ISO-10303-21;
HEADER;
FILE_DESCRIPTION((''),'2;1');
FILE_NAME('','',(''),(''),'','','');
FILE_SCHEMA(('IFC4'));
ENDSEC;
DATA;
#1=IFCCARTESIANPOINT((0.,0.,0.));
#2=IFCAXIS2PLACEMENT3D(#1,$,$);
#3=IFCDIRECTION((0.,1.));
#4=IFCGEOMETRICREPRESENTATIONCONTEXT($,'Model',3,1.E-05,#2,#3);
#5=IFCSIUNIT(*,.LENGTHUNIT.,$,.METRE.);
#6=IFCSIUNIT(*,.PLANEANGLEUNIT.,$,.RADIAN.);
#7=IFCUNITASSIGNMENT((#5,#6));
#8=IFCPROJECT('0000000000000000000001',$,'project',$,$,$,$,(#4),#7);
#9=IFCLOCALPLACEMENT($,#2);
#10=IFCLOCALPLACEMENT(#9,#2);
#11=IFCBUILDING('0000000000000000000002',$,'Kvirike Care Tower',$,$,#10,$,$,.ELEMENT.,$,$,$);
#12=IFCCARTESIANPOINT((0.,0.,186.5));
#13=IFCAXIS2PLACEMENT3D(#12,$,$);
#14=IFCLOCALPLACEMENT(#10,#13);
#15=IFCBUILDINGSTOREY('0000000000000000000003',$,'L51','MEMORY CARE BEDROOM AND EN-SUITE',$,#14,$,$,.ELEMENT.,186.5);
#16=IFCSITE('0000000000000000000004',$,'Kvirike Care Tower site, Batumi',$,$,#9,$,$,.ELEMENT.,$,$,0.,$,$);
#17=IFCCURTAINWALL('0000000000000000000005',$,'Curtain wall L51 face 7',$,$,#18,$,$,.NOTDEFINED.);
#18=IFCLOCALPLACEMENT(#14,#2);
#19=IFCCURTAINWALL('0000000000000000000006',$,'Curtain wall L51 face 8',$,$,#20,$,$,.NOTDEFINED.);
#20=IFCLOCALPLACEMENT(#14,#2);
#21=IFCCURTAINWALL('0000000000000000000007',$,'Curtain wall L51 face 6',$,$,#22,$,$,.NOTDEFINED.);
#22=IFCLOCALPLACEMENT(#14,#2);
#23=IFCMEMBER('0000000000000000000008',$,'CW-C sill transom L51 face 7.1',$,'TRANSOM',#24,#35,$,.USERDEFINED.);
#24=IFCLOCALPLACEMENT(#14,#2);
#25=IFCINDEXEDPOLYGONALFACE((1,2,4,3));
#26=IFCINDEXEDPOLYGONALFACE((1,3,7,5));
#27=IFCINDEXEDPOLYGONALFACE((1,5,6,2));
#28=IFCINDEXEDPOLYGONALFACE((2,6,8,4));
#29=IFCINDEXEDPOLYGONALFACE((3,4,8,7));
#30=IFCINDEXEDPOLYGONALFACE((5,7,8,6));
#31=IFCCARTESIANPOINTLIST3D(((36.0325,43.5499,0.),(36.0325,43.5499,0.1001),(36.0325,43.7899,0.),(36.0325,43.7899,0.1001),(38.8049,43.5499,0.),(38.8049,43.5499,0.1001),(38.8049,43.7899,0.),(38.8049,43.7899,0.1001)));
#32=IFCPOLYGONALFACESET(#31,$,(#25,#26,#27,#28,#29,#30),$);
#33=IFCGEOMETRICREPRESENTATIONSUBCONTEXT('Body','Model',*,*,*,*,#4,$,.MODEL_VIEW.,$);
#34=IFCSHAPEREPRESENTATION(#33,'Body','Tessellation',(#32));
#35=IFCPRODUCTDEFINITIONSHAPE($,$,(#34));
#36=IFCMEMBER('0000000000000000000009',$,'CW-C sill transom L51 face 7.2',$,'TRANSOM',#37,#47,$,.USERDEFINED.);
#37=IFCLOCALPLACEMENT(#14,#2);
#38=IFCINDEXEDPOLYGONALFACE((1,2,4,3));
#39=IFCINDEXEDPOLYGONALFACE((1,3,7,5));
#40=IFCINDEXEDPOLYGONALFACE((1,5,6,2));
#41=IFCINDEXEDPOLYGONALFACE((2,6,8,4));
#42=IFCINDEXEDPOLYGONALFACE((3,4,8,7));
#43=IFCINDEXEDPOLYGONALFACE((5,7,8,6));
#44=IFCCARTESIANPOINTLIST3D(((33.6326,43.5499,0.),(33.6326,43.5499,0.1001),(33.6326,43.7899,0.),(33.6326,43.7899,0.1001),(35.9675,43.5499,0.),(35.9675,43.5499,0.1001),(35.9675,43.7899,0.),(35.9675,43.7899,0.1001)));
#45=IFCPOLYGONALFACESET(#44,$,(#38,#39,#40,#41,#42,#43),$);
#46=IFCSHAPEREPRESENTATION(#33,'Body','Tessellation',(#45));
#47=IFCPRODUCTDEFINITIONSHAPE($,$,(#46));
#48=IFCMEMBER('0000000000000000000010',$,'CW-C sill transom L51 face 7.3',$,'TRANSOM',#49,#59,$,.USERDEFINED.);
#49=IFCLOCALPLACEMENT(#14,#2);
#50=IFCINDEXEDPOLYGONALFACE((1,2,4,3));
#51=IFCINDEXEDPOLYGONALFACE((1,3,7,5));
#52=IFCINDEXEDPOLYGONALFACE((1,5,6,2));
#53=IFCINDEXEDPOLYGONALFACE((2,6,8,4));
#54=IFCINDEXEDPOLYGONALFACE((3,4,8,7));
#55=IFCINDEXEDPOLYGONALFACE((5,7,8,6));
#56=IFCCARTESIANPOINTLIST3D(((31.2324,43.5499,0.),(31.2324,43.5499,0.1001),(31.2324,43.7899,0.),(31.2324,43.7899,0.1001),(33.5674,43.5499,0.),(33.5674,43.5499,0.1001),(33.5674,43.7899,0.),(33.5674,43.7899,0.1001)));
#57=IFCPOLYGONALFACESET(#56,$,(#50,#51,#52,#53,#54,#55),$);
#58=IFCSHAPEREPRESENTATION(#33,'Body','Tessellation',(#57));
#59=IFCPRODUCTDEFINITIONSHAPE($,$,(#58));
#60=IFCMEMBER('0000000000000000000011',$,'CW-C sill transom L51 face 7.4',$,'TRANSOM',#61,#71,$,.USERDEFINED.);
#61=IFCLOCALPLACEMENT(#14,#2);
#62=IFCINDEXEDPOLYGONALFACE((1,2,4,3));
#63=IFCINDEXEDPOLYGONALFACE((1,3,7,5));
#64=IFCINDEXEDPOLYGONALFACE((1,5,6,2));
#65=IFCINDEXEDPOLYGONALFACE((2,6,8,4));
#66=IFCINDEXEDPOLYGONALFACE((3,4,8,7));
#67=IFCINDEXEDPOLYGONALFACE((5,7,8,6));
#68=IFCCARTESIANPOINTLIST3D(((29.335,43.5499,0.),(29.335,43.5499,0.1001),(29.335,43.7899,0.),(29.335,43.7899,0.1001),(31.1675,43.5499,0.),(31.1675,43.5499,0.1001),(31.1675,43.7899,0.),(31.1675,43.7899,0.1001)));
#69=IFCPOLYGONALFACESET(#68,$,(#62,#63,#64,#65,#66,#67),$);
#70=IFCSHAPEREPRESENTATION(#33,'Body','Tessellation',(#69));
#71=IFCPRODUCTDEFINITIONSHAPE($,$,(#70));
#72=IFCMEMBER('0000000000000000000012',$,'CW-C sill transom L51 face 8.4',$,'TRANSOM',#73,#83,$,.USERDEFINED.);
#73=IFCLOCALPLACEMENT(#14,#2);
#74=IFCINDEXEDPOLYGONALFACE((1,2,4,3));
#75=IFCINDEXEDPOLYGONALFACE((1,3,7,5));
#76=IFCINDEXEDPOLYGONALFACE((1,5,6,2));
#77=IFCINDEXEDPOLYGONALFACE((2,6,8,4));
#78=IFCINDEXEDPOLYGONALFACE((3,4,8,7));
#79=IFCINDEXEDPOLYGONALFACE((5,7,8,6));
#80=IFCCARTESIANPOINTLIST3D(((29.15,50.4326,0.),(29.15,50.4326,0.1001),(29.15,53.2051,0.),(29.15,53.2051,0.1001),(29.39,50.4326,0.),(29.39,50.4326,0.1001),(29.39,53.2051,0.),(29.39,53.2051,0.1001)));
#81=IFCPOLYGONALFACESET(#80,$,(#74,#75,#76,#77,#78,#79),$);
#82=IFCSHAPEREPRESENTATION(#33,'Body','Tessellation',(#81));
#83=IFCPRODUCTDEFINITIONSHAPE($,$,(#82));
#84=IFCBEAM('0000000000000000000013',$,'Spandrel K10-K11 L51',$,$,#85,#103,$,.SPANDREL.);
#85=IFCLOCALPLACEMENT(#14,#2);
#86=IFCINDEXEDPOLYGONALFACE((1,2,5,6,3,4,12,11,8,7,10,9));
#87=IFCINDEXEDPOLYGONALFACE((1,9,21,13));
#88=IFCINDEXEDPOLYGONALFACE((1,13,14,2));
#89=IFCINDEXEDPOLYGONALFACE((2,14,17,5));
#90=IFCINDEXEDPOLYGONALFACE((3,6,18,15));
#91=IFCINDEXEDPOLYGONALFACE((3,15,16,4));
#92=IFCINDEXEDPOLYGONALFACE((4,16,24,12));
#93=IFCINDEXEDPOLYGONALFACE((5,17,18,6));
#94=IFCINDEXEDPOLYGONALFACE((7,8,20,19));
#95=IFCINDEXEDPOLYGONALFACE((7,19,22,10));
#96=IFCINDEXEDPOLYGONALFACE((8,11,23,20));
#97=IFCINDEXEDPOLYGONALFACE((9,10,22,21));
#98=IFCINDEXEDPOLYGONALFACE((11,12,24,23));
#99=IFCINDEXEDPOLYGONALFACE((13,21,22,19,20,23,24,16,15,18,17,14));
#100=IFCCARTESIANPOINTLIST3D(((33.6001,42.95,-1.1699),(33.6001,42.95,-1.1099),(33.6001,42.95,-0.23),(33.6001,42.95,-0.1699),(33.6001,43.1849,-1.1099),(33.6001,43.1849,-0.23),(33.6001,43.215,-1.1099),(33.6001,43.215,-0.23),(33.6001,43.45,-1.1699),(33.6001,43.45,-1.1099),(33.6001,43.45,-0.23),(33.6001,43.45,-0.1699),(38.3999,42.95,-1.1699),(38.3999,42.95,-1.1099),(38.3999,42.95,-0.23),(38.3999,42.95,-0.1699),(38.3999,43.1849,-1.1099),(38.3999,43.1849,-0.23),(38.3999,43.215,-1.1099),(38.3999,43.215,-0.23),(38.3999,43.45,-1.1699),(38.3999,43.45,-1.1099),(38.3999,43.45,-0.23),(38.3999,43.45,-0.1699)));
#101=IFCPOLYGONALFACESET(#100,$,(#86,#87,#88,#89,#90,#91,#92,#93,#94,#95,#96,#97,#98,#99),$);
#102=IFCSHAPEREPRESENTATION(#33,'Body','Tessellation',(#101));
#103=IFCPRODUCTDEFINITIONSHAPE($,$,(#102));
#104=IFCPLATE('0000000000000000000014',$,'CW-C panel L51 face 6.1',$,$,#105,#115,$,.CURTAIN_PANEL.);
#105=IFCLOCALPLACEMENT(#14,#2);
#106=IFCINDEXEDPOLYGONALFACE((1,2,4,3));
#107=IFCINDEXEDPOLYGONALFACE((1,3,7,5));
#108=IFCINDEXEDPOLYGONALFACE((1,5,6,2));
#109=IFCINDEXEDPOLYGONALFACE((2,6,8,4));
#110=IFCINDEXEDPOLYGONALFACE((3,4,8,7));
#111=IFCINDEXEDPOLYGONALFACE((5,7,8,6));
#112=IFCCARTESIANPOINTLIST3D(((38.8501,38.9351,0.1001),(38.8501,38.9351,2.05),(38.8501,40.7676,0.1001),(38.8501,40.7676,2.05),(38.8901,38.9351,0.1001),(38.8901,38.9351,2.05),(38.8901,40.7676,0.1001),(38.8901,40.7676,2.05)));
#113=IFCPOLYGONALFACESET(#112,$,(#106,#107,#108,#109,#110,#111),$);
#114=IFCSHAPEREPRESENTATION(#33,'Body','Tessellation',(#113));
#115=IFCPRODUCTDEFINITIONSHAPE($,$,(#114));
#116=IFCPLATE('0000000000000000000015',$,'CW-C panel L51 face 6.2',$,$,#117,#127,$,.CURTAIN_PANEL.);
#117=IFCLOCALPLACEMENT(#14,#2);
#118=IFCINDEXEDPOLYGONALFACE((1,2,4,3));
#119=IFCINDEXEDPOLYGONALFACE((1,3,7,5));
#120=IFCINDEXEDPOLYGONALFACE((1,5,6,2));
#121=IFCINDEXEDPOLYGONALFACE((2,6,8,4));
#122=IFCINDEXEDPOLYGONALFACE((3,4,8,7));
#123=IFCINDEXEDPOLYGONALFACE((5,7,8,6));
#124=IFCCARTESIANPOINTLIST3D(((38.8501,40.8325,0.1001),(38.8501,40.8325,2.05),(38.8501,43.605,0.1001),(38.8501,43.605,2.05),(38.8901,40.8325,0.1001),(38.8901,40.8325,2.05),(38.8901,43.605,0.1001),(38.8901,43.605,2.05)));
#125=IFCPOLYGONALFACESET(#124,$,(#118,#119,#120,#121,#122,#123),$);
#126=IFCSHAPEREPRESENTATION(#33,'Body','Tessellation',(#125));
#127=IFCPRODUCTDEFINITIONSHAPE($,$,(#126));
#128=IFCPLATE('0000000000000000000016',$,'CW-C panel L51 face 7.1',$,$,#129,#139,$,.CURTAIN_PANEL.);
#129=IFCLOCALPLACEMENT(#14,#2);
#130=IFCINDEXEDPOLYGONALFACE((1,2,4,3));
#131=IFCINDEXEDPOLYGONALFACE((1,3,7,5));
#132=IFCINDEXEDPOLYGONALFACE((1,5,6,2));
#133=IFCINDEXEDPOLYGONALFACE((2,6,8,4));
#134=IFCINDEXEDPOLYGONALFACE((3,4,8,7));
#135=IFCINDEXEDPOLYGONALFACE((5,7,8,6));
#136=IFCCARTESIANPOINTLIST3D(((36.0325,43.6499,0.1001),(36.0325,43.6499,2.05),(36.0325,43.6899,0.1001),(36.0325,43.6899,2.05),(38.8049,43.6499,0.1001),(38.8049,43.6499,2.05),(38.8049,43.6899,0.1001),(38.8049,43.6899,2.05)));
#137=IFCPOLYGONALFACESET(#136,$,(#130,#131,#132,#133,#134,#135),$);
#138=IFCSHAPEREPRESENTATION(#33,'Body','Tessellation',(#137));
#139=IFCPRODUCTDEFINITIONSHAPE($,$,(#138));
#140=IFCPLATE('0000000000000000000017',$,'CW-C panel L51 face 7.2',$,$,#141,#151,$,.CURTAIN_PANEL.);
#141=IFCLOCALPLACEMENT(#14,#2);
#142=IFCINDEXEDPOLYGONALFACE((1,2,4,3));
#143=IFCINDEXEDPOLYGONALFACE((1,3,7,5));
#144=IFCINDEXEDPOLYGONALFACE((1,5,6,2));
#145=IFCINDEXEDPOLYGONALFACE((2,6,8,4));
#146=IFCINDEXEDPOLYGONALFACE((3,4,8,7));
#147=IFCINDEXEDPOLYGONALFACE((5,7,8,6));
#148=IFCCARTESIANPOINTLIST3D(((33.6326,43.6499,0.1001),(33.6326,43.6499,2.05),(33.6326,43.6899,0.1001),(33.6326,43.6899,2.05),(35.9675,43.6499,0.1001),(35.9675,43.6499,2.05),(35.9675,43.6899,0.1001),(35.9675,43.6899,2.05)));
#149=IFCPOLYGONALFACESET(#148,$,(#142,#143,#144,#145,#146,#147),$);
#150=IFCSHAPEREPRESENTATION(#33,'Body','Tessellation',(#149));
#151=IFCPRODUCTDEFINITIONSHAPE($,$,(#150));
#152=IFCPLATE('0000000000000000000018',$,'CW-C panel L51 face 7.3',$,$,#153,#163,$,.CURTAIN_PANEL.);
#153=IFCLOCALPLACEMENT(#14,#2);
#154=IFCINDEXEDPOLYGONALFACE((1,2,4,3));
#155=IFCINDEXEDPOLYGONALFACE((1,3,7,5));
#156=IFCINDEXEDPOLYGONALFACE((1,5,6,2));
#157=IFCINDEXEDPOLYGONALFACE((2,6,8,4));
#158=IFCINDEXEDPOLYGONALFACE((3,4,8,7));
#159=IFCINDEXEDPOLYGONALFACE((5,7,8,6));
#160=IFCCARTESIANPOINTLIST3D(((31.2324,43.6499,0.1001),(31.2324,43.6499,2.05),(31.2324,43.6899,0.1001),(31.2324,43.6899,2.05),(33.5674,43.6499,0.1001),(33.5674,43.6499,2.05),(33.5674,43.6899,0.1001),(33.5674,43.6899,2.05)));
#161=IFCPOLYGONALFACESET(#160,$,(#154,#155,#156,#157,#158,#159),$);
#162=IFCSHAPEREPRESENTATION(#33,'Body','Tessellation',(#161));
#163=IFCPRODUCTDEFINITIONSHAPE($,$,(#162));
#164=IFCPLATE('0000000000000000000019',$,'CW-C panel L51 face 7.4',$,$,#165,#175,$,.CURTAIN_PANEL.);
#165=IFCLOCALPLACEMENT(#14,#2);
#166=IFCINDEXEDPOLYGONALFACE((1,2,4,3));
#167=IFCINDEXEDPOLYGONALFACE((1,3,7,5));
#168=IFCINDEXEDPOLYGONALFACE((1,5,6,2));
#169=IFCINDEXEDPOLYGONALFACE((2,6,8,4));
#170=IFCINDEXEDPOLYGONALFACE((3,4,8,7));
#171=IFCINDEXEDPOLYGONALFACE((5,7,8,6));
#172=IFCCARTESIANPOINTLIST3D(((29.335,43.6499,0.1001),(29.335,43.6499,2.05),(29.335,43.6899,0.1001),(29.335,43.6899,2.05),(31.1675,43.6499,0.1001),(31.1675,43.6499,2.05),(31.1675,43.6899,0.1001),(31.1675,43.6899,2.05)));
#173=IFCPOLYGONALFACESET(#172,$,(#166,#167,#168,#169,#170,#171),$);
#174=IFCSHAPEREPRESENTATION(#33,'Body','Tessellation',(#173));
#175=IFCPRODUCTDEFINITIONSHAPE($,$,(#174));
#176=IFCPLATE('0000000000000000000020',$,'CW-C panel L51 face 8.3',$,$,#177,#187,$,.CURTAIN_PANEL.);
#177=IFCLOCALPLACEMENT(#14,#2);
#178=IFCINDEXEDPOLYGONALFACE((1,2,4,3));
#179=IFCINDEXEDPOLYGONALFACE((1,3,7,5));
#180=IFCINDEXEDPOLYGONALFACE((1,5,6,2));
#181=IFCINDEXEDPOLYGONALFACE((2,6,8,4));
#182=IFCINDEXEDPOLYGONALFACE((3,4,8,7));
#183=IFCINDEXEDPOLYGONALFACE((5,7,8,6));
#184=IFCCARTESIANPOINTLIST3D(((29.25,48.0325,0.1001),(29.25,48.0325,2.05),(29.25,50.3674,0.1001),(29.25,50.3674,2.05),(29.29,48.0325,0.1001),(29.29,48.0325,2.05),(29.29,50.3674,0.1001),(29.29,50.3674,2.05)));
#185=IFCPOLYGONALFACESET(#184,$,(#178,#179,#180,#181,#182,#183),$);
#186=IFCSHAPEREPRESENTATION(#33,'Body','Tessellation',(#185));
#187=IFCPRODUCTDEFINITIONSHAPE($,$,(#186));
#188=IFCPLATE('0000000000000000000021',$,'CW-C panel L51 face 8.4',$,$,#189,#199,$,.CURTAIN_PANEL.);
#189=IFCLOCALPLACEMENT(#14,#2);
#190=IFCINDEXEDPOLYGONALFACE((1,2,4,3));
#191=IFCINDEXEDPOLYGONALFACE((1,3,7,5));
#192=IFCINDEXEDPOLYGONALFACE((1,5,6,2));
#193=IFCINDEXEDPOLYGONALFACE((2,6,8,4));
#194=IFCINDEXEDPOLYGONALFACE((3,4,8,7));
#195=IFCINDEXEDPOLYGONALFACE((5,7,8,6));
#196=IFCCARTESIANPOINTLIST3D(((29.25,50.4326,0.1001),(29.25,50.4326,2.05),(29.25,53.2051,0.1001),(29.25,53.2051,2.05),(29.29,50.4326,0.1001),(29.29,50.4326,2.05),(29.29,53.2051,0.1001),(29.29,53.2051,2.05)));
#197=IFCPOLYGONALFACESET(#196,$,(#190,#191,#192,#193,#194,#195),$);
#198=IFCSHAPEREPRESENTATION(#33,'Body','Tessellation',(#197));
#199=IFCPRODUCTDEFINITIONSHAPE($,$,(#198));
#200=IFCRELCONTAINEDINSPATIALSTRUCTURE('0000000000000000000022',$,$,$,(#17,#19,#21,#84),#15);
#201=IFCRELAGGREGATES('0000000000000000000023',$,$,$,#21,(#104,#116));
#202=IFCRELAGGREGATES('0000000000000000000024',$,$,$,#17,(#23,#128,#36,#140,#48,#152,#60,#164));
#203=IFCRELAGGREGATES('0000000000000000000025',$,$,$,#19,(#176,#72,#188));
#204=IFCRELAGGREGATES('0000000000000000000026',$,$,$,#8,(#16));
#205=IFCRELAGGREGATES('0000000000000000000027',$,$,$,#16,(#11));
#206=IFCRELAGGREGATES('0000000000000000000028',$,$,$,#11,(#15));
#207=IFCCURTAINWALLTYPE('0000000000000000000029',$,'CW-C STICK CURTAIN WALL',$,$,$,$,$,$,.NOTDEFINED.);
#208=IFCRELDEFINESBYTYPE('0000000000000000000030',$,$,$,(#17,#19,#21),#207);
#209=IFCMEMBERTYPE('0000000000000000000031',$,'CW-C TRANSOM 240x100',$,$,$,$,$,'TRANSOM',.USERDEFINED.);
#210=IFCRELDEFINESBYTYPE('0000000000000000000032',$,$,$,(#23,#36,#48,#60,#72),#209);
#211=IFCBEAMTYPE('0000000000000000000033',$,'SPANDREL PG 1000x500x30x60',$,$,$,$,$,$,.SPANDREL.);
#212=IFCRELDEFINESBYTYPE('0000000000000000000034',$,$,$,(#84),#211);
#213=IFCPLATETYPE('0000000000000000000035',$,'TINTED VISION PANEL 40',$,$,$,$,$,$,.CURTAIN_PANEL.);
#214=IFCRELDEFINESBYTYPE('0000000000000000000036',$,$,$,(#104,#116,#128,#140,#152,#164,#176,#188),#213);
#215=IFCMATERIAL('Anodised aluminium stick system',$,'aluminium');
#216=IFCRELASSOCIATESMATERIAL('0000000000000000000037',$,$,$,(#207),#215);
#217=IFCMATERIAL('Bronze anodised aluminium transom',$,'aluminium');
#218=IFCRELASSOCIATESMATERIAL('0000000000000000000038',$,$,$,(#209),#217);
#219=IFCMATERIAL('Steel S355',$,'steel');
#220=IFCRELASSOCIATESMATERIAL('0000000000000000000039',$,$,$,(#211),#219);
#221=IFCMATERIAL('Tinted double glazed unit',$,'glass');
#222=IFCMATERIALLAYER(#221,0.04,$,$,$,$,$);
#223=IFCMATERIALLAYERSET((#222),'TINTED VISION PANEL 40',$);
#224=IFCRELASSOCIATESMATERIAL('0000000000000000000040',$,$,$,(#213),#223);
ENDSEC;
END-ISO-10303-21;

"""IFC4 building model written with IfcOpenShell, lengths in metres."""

from ifc_helpers import new_model, si_unit, direction, frame, origin, origin_2d, place, context, subcontext, project, spatial, rectangle, i_section, extrude, material, layer, layer_set, material_profile, profile_set, type_object, element, aggregate, save


model = new_model("IFC4")

# Units and contexts
model_context = context("Model", 3, precision=1e-05, world=origin(), true_north=direction((0.0, 1.0)))
body_context = subcontext(model_context, "Body", "Model", "MODEL_VIEW")
ifc_project = project(units=[si_unit("LENGTHUNIT", "METRE"), si_unit("PLANEANGLEUNIT", "RADIAN")], contexts=[model_context])

# Site, building, storey
site_placement = place(None, origin())
site = spatial("IfcSite", under=ifc_project, at=site_placement, Name="Kvirike Care Tower site, Batumi", CompositionType="ELEMENT", RefElevation=0.0)
building_placement = place(site_placement, origin())
building = spatial("IfcBuilding", under=site, at=building_placement, Name="Kvirike Care Tower", CompositionType="ELEMENT")
storey_placement = place(building_placement, frame((0.0, 0.0, 186.5)))
storey = spatial("IfcBuildingStorey", under=building, at=storey_placement, Name="L51", Description="MEMORY CARE BEDROOM AND EN-SUITE", CompositionType="ELEMENT", Elevation=186.5)

# Curtain walls
ifc_material_1 = material(Name="Anodised aluminium stick system", Category="aluminium")
curtain_wall_type = type_object("IfcCurtainWallType", Name="CW-C STICK CURTAIN WALL", PredefinedType="NOTDEFINED", material=ifc_material_1)
curtain_wall_1_placement = place(storey_placement, origin())
curtain_wall_1 = element("IfcCurtainWall", 1, at=curtain_wall_1_placement, inside=storey, type_object=curtain_wall_type, Name="Curtain wall L51 face 7", PredefinedType="NOTDEFINED")
curtain_wall_2_placement = place(storey_placement, origin())
curtain_wall_2 = element("IfcCurtainWall", 2, at=curtain_wall_2_placement, inside=storey, type_object=curtain_wall_type, Name="Curtain wall L51 face 8", PredefinedType="NOTDEFINED")

# Curtain wall
curtain_wall_3_placement = place(storey_placement, origin())
curtain_wall_3 = element("IfcCurtainWall", 3, at=curtain_wall_3_placement, inside=storey, type_object=curtain_wall_type, Name="Curtain wall L51 face 6", PredefinedType="NOTDEFINED")

# Members
ifc_material_2 = material(Name="Bronze anodised aluminium transom", Category="aluminium")
ifc_material_profile_1 = material_profile(ifc_material_2, rectangle(XDim=0.24, YDim=0.1001, at=origin_2d()), Name="CW-C TRANSOM 240x100")
ifc_profile_set_1 = profile_set([ifc_material_profile_1], Name="Bronze anodised aluminium transom")
member_type_1 = type_object("IfcMemberType", Name="CW-C TRANSOM 240x100", ElementType="TRANSOM", PredefinedType="USERDEFINED", material=ifc_profile_set_1)
member_1_placement = place(storey_placement, frame((38.8049, 43.6699, 0.05), z_axis=(-1.0, 0.0, 0.0), x_axis=(0.0, -1.0, 0.0)))
member_1 = element("IfcMember", 4, at=member_1_placement, type_object=member_type_1, Name="CW-C sill transom L51 face 7.1", ObjectType="TRANSOM", PredefinedType="USERDEFINED", context=body_context, shape_type="SweptSolid", body=[
    extrude(rectangle(XDim=0.24, YDim=0.1001, at=origin_2d()), origin(), (0.0, 0.0, 1.0), 2.7725),
])
member_2_placement = place(storey_placement, frame((35.9675, 43.6699, 0.05), z_axis=(-1.0, 0.0, 0.0), x_axis=(0.0, -1.0, 0.0)))
member_2 = element("IfcMember", 5, at=member_2_placement, type_object=member_type_1, Name="CW-C sill transom L51 face 7.2", ObjectType="TRANSOM", PredefinedType="USERDEFINED", context=body_context, shape_type="SweptSolid", body=[
    extrude(rectangle(XDim=0.24, YDim=0.1001, at=origin_2d()), origin(), (0.0, 0.0, 1.0), 2.335),
])
member_3_placement = place(storey_placement, frame((33.5674, 43.6699, 0.05), z_axis=(-1.0, 0.0, 0.0), x_axis=(0.0, -1.0, 0.0)))
member_3 = element("IfcMember", 6, at=member_3_placement, type_object=member_type_1, Name="CW-C sill transom L51 face 7.3", ObjectType="TRANSOM", PredefinedType="USERDEFINED", context=body_context, shape_type="SweptSolid", body=[
    extrude(rectangle(XDim=0.24, YDim=0.1001, at=origin_2d()), origin(), (0.0, 0.0, 1.0), 2.335),
])
member_4_placement = place(storey_placement, frame((31.1675, 43.6699, 0.05), z_axis=(-1.0, 0.0, 0.0), x_axis=(0.0, -1.0, 0.0)))
member_4 = element("IfcMember", 7, at=member_4_placement, type_object=member_type_1, Name="CW-C sill transom L51 face 7.4", ObjectType="TRANSOM", PredefinedType="USERDEFINED", context=body_context, shape_type="SweptSolid", body=[
    extrude(rectangle(XDim=0.24, YDim=0.1001, at=origin_2d()), origin(), (0.0, 0.0, 1.0), 1.8325),
])
member_5_placement = place(storey_placement, frame((29.27, 50.4326, 0.05), z_axis=(0.0, 1.0, 0.0), x_axis=(-1.0, 0.0, 0.0)))
member_5 = element("IfcMember", 8, at=member_5_placement, type_object=member_type_1, Name="CW-C sill transom L51 face 8.4", ObjectType="TRANSOM", PredefinedType="USERDEFINED", context=body_context, shape_type="SweptSolid", body=[
    extrude(rectangle(XDim=0.24, YDim=0.1001, at=origin_2d()), origin(), (0.0, 0.0, 1.0), 2.7725),
])

# Beam
ifc_material_3 = material(Name="Steel S355", Category="steel")
ifc_material_profile_2 = material_profile(ifc_material_3, i_section(OverallWidth=0.5, OverallDepth=1.0, WebThickness=0.03, FlangeThickness=0.0601, at=origin_2d()), Name="PG 1000x500x30x60")
ifc_profile_set_2 = profile_set([ifc_material_profile_2], Name="Steel S355")
beam_type = type_object("IfcBeamType", Name="SPANDREL PG 1000x500x30x60", PredefinedType="SPANDREL", material=ifc_profile_set_2)
beam_placement = place(storey_placement, frame((33.6001, 43.2, -0.6699), z_axis=(1.0, 0.0, 0.0), x_axis=(0.0, 1.0, 0.0)))
element("IfcBeam", 9, at=beam_placement, inside=storey, type_object=beam_type, Name="Spandrel K10-K11 L51", PredefinedType="SPANDREL", context=body_context, shape_type="SweptSolid", body=[
    extrude(i_section(OverallWidth=0.5, OverallDepth=1.0, WebThickness=0.03, FlangeThickness=0.0601, at=origin_2d()), origin(), (0.0, 0.0, 1.0), 4.7998),
])

# Plates
ifc_material_4 = material(Name="Tinted double glazed unit", Category="glass")
ifc_layer_1 = layer(ifc_material_4, 0.04)
ifc_layer_set_1 = layer_set([ifc_layer_1], Name="TINTED VISION PANEL 40")
plate_type = type_object("IfcPlateType", Name="TINTED VISION PANEL 40", PredefinedType="CURTAIN_PANEL", material=ifc_layer_set_1)
plate_1_placement = place(storey_placement, frame((38.8701, 39.8513, 0.1001), z_axis=(0.0, 0.0, 1.0), x_axis=(0.0, 1.0, 0.0)))
plate_1 = element("IfcPlate", 10, at=plate_1_placement, type_object=plate_type, Name="CW-C panel L51 face 6.1", PredefinedType="CURTAIN_PANEL", context=body_context, shape_type="SweptSolid", body=[
    extrude(rectangle(XDim=1.8325, YDim=0.04, at=origin_2d()), origin(), (0.0, 0.0, 1.0), 1.95),
])
plate_2_placement = place(storey_placement, frame((38.8701, 42.2188, 0.1001), z_axis=(0.0, 0.0, 1.0), x_axis=(0.0, 1.0, 0.0)))
plate_2 = element("IfcPlate", 11, at=plate_2_placement, type_object=plate_type, Name="CW-C panel L51 face 6.2", PredefinedType="CURTAIN_PANEL", context=body_context, shape_type="SweptSolid", body=[
    extrude(rectangle(XDim=2.7725, YDim=0.04, at=origin_2d()), origin(), (0.0, 0.0, 1.0), 1.95),
])
aggregate(curtain_wall_3, [plate_1, plate_2])
plate_3_placement = place(storey_placement, frame((37.4187, 43.6699, 0.1001), z_axis=(0.0, 0.0, 1.0), x_axis=(-1.0, 0.0, 0.0)))
plate_3 = element("IfcPlate", 12, at=plate_3_placement, type_object=plate_type, Name="CW-C panel L51 face 7.1", PredefinedType="CURTAIN_PANEL", context=body_context, shape_type="SweptSolid", body=[
    extrude(rectangle(XDim=2.7725, YDim=0.04, at=origin_2d()), origin(), (0.0, 0.0, 1.0), 1.95),
])
plate_4_placement = place(storey_placement, frame((34.8, 43.6699, 0.1001), z_axis=(0.0, 0.0, 1.0), x_axis=(-1.0, 0.0, 0.0)))
plate_4 = element("IfcPlate", 13, at=plate_4_placement, type_object=plate_type, Name="CW-C panel L51 face 7.2", PredefinedType="CURTAIN_PANEL", context=body_context, shape_type="SweptSolid", body=[
    extrude(rectangle(XDim=2.335, YDim=0.04, at=origin_2d()), origin(), (0.0, 0.0, 1.0), 1.95),
])
plate_5_placement = place(storey_placement, frame((32.3999, 43.6699, 0.1001), z_axis=(0.0, 0.0, 1.0), x_axis=(-1.0, 0.0, 0.0)))
plate_5 = element("IfcPlate", 14, at=plate_5_placement, type_object=plate_type, Name="CW-C panel L51 face 7.3", PredefinedType="CURTAIN_PANEL", context=body_context, shape_type="SweptSolid", body=[
    extrude(rectangle(XDim=2.335, YDim=0.04, at=origin_2d()), origin(), (0.0, 0.0, 1.0), 1.95),
])
plate_6_placement = place(storey_placement, frame((30.2512, 43.6699, 0.1001), z_axis=(0.0, 0.0, 1.0), x_axis=(-1.0, 0.0, 0.0)))
plate_6 = element("IfcPlate", 15, at=plate_6_placement, type_object=plate_type, Name="CW-C panel L51 face 7.4", PredefinedType="CURTAIN_PANEL", context=body_context, shape_type="SweptSolid", body=[
    extrude(rectangle(XDim=1.8325, YDim=0.04, at=origin_2d()), origin(), (0.0, 0.0, 1.0), 1.95),
])
aggregate(curtain_wall_1, [member_1, plate_3, member_2, plate_4, member_3, plate_5, member_4, plate_6])
plate_7_placement = place(storey_placement, frame((29.27, 49.2, 0.1001), z_axis=(0.0, 0.0, 1.0), x_axis=(0.0, 1.0, 0.0)))
plate_7 = element("IfcPlate", 16, at=plate_7_placement, type_object=plate_type, Name="CW-C panel L51 face 8.3", PredefinedType="CURTAIN_PANEL", context=body_context, shape_type="SweptSolid", body=[
    extrude(rectangle(XDim=2.335, YDim=0.04, at=origin_2d()), origin(), (0.0, 0.0, 1.0), 1.95),
])
plate_8_placement = place(storey_placement, frame((29.27, 51.8188, 0.1001), z_axis=(0.0, 0.0, 1.0), x_axis=(0.0, 1.0, 0.0)))
plate_8 = element("IfcPlate", 17, at=plate_8_placement, type_object=plate_type, Name="CW-C panel L51 face 8.4", PredefinedType="CURTAIN_PANEL", context=body_context, shape_type="SweptSolid", body=[
    extrude(rectangle(XDim=2.7725, YDim=0.04, at=origin_2d()), origin(), (0.0, 0.0, 1.0), 1.95),
])
aggregate(curtain_wall_2, [plate_7, member_5, plate_8])

save(model, "model.ifc")
